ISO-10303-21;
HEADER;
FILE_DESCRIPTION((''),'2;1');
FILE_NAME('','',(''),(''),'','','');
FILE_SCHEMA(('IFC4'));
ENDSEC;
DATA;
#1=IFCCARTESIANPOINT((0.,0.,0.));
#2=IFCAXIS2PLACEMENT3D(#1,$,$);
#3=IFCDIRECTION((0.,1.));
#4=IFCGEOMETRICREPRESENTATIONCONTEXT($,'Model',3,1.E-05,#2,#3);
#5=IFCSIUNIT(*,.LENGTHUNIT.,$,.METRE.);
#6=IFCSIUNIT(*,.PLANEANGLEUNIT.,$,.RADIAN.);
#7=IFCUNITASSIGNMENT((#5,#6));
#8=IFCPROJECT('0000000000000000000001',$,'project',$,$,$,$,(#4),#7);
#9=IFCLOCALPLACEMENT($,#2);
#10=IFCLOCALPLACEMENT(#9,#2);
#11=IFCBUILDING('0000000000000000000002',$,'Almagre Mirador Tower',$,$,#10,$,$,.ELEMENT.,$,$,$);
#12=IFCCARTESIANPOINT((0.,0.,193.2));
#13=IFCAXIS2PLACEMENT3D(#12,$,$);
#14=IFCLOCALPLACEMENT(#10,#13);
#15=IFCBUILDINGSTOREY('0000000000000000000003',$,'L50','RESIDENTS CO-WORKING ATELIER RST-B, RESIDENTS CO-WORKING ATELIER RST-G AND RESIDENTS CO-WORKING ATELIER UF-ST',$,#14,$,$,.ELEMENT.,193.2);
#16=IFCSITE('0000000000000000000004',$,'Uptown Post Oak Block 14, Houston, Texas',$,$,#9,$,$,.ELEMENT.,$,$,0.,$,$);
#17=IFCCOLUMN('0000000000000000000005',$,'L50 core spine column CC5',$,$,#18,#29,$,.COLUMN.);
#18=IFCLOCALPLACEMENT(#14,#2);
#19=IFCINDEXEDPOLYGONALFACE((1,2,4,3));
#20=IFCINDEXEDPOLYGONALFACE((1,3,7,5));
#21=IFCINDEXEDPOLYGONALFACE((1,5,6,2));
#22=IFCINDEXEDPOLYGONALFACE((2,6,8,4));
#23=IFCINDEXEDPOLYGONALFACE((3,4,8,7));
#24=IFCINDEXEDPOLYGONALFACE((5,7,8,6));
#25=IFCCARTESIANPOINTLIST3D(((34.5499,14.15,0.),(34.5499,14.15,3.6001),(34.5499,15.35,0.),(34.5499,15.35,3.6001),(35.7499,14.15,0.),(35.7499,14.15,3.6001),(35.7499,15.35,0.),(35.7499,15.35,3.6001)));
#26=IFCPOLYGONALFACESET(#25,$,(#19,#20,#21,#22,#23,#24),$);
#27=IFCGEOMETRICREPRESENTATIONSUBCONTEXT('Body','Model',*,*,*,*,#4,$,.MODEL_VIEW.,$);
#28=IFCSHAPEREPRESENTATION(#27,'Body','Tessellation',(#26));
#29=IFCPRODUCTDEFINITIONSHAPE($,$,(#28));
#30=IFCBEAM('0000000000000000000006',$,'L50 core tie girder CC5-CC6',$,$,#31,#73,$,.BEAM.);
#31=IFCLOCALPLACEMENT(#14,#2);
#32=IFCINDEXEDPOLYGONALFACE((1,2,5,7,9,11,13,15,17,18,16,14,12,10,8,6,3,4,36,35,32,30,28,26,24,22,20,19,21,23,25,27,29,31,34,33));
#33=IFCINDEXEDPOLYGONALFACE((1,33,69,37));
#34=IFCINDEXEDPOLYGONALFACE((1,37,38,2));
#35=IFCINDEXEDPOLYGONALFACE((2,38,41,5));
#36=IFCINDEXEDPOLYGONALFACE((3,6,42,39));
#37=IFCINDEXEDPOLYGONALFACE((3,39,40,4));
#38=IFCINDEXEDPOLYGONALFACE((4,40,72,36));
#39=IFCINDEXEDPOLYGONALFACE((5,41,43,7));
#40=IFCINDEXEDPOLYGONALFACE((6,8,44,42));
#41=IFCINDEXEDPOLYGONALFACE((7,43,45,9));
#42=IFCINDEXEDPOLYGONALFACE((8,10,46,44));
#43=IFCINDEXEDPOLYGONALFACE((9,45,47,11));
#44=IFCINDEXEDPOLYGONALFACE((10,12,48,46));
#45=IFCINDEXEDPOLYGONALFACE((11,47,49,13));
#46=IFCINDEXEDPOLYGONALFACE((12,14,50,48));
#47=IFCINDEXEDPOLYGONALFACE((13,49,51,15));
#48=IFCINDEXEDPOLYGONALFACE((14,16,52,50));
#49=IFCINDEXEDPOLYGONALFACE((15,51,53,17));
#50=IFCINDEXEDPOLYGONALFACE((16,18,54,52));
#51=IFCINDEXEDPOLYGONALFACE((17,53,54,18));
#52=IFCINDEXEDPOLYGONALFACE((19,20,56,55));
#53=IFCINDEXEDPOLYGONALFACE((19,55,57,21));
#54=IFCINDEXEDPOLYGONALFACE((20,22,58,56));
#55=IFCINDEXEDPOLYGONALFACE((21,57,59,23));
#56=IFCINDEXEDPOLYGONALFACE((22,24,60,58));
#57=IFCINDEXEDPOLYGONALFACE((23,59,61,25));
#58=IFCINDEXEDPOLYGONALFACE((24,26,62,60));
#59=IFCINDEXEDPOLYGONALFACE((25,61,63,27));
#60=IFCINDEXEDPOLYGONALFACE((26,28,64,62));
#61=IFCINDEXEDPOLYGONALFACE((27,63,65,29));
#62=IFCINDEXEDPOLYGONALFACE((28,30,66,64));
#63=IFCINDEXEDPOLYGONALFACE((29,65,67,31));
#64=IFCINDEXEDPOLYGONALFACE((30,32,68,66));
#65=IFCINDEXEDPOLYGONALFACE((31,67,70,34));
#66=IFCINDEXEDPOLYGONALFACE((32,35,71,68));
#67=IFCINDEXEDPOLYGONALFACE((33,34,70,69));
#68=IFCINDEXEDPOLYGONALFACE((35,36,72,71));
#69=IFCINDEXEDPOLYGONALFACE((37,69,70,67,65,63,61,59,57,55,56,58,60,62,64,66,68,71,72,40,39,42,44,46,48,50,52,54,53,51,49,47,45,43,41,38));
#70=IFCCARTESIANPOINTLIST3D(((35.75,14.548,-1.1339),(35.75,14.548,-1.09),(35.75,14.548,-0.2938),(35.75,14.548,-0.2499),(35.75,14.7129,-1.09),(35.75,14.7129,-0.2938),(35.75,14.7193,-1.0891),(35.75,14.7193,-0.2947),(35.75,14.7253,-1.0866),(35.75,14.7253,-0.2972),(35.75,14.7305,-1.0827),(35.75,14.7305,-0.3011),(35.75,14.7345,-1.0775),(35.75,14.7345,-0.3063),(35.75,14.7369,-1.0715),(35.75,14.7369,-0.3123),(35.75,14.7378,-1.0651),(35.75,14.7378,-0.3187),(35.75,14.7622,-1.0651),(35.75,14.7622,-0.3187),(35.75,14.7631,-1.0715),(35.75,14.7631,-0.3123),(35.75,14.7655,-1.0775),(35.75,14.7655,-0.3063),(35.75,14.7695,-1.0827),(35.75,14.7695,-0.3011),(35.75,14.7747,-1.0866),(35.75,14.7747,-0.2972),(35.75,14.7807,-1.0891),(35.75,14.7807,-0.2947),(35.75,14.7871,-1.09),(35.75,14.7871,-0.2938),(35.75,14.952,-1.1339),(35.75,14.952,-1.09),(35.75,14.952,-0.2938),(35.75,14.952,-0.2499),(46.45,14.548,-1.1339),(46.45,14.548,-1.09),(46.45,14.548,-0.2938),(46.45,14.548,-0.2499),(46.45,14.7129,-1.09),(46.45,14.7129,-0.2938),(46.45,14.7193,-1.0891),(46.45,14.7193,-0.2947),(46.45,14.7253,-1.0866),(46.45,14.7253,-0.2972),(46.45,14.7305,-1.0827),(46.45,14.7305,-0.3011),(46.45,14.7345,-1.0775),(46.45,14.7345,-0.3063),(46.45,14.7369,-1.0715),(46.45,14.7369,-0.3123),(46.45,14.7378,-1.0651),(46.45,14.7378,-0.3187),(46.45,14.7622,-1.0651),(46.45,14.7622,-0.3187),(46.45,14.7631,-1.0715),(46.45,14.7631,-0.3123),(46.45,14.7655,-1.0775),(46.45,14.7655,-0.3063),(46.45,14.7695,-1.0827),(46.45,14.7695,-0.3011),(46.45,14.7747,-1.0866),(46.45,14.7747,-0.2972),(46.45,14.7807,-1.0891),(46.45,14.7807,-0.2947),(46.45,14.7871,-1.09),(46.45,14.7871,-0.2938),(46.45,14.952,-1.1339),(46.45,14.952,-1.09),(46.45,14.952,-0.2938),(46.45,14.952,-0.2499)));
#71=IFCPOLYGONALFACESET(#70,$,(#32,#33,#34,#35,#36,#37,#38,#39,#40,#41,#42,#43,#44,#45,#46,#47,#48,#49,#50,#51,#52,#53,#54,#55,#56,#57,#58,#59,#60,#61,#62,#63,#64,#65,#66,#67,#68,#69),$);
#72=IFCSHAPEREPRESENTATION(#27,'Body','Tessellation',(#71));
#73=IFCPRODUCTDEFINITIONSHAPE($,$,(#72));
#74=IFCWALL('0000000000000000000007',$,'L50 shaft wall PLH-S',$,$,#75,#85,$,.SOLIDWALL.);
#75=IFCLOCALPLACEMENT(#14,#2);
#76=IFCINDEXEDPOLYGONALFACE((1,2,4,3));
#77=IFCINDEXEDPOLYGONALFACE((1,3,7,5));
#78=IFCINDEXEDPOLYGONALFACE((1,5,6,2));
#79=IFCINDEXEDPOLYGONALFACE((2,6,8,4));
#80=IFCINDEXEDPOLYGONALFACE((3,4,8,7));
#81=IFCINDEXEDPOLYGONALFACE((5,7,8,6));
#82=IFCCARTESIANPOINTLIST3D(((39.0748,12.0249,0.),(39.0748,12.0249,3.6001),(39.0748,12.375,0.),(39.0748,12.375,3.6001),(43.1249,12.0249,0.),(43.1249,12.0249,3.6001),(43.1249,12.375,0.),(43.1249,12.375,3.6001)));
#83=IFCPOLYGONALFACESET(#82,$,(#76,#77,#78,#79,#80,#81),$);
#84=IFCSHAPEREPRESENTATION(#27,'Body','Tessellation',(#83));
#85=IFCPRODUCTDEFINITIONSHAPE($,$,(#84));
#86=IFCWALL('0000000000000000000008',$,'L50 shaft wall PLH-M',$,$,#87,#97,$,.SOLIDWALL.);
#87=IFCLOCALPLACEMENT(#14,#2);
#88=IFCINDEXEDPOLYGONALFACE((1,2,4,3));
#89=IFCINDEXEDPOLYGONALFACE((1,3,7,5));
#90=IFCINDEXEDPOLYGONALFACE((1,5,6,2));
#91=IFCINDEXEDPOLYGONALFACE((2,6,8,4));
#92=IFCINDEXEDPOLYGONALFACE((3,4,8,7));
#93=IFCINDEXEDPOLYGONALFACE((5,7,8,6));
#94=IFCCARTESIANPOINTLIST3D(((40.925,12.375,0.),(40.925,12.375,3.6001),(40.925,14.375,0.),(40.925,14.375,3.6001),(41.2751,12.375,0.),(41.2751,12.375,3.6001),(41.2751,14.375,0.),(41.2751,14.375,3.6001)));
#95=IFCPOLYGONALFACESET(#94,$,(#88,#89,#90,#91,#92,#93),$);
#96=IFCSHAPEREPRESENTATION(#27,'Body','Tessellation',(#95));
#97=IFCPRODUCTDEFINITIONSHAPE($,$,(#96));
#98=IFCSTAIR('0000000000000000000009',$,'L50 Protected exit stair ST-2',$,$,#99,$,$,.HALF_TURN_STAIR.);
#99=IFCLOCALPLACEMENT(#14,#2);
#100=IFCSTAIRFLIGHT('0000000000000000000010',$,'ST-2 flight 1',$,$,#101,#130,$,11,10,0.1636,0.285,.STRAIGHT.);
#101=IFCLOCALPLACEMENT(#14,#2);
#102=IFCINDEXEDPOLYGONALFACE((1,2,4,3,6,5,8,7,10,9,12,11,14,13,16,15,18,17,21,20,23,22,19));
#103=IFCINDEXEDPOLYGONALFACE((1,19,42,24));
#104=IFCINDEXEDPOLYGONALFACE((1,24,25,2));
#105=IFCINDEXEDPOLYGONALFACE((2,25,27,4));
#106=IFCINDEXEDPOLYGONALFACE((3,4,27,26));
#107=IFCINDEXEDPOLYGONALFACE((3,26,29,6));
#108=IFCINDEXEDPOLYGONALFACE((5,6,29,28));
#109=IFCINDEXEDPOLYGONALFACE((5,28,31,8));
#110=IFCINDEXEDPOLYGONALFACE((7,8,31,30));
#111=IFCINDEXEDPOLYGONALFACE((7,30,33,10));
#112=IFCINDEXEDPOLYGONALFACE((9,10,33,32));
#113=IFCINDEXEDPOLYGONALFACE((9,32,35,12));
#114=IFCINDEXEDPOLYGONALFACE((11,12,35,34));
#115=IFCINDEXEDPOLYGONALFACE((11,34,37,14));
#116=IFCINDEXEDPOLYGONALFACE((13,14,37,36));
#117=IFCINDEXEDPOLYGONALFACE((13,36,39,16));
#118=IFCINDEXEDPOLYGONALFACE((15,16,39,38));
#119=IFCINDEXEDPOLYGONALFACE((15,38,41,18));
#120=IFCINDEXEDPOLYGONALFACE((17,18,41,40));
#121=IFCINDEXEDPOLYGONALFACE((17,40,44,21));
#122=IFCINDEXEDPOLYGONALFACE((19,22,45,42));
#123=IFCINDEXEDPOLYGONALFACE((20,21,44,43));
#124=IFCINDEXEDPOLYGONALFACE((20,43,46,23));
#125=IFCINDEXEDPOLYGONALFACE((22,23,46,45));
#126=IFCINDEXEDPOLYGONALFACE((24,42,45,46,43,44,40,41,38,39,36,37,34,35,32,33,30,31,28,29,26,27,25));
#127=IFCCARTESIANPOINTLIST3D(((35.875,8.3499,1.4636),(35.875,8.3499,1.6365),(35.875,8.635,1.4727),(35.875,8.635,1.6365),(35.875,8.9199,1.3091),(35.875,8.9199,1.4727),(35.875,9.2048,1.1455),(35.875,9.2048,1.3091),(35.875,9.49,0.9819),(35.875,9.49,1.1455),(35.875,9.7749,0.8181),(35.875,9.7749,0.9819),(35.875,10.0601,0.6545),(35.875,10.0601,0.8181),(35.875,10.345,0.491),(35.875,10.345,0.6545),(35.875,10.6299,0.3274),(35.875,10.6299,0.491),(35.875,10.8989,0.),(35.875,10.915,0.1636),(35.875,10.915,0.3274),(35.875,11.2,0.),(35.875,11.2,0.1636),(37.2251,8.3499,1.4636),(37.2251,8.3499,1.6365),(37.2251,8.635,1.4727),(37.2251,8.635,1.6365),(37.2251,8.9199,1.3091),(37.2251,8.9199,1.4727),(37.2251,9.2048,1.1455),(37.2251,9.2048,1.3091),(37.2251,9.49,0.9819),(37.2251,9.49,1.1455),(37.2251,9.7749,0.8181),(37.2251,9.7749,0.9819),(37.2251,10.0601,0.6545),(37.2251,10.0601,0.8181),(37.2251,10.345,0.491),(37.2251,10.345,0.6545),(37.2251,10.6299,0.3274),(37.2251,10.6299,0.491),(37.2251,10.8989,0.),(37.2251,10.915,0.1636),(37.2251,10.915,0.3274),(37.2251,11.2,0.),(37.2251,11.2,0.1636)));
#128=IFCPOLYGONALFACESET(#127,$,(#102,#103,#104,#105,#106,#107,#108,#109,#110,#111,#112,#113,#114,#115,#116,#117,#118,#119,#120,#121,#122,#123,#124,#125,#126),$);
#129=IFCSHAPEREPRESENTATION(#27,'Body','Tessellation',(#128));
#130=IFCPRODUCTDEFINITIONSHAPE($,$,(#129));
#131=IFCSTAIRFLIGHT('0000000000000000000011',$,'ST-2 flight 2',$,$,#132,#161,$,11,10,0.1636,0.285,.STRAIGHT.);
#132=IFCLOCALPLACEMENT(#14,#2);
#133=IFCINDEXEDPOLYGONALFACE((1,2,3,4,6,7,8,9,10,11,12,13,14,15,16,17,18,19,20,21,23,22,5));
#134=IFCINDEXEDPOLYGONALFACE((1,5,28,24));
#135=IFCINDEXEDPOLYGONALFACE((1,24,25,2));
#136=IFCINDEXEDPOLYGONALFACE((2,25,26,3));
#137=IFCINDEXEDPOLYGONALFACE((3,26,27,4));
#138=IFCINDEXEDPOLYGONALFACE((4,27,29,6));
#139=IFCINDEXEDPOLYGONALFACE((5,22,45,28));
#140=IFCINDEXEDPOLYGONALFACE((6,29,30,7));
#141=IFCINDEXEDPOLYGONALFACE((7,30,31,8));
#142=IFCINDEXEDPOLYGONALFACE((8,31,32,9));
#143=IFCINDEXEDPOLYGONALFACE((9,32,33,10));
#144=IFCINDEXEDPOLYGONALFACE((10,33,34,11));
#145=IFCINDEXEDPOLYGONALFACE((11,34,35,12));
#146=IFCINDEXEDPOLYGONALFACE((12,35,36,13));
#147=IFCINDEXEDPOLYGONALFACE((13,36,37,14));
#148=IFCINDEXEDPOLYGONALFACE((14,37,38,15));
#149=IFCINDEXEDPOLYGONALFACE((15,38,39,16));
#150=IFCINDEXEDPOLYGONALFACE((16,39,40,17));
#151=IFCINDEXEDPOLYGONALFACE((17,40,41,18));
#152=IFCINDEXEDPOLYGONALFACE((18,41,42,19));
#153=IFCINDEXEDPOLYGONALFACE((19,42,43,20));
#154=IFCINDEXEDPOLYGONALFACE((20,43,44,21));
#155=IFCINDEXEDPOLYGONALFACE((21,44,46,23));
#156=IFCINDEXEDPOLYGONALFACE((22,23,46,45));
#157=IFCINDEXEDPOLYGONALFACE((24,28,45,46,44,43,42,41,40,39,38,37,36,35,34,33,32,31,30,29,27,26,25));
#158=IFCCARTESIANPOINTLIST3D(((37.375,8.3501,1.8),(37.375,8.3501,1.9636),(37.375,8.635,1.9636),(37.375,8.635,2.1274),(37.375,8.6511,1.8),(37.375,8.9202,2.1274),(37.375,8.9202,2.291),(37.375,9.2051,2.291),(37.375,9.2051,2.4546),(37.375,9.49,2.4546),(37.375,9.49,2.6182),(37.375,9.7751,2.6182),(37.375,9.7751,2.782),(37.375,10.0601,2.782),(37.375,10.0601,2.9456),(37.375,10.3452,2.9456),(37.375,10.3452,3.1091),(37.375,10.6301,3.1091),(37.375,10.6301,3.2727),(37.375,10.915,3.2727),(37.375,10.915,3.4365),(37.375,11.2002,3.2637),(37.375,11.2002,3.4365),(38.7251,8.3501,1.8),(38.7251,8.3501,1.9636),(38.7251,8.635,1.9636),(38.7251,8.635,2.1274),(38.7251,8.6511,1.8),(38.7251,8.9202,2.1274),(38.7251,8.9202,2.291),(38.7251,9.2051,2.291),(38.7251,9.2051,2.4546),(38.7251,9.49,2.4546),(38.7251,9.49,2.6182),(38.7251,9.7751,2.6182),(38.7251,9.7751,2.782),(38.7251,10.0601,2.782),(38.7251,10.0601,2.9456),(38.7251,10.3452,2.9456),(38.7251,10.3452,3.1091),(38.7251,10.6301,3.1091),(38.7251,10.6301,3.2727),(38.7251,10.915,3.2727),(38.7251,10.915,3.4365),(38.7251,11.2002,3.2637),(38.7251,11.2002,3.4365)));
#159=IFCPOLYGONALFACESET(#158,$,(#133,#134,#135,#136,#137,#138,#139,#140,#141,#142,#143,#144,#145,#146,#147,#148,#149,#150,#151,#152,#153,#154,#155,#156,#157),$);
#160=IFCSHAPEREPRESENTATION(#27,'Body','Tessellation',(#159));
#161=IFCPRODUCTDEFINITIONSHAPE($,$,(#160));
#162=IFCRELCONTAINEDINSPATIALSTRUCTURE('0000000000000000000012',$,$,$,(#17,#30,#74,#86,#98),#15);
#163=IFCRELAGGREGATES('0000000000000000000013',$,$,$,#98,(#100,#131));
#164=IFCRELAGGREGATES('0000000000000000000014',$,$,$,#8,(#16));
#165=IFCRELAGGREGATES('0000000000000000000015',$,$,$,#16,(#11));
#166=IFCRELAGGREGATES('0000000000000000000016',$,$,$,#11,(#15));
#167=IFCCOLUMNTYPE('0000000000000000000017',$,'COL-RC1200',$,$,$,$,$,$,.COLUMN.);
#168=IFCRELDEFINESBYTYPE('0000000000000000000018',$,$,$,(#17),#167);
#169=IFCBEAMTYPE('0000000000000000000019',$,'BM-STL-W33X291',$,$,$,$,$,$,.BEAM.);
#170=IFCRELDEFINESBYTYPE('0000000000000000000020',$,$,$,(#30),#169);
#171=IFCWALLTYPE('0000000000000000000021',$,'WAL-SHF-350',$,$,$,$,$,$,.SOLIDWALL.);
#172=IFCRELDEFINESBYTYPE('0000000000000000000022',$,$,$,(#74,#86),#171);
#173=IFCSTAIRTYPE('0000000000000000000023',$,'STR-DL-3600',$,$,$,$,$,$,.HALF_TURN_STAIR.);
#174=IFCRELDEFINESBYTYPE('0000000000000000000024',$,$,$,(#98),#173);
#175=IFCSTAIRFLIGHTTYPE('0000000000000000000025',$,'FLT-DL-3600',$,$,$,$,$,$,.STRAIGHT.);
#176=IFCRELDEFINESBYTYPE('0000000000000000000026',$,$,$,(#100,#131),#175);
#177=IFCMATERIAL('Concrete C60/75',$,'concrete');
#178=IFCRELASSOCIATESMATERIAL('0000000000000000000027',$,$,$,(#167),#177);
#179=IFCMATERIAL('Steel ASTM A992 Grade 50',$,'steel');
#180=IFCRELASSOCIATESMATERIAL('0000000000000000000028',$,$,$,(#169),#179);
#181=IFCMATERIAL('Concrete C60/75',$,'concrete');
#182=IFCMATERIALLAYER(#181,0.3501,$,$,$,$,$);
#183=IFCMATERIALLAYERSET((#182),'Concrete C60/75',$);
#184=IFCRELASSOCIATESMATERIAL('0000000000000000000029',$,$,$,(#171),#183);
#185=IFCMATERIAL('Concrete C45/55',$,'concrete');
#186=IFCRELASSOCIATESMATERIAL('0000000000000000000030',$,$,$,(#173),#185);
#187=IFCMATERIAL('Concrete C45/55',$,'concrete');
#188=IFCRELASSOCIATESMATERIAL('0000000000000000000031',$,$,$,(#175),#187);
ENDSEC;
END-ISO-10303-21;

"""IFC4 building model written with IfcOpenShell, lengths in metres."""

from ifc_helpers import new_model, si_unit, direction, frame, frame_2d, origin, origin_2d, place, context, subcontext, project, spatial, polyline, rectangle, i_section, outline, extrude, material, layer, layer_set, material_profile, profile_set, type_object, element, aggregate, save


model = new_model("IFC4")

# Units and contexts
model_context = context("Model", 3, precision=1e-05, world=origin(), true_north=direction((0.0, 1.0)))
body_context = subcontext(model_context, "Body", "Model", "MODEL_VIEW")
ifc_project = project(units=[si_unit("LENGTHUNIT", "METRE"), si_unit("PLANEANGLEUNIT", "RADIAN")], contexts=[model_context])

# Site, building, storey
site_placement = place(None, origin())
site = spatial("IfcSite", under=ifc_project, at=site_placement, Name="Uptown Post Oak Block 14, Houston, Texas", CompositionType="ELEMENT", RefElevation=0.0)
building_placement = place(site_placement, origin())
building = spatial("IfcBuilding", under=site, at=building_placement, Name="Almagre Mirador Tower", CompositionType="ELEMENT")
storey_placement = place(building_placement, frame((0.0, 0.0, 193.2)))
storey = spatial("IfcBuildingStorey", under=building, at=storey_placement, Name="L50", Description="RESIDENTS CO-WORKING ATELIER RST-B, RESIDENTS CO-WORKING ATELIER RST-G AND RESIDENTS CO-WORKING ATELIER UF-ST", CompositionType="ELEMENT", Elevation=193.2)

# Column
ifc_material_1 = material(Name="Concrete C60/75", Category="concrete")
ifc_material_profile_1 = material_profile(ifc_material_1, rectangle(XDim=1.2, YDim=1.2, at=origin_2d()), Name="RC1200X1200")
ifc_profile_set_1 = profile_set([ifc_material_profile_1], Name="Concrete C60/75")
column_type = type_object("IfcColumnType", Name="COL-RC1200", PredefinedType="COLUMN", material=ifc_profile_set_1)
column_placement = place(storey_placement, frame((35.1499, 14.75, 0.0), z_axis=(0.0, 0.0, 1.0), x_axis=(1.0, 0.0, 0.0)))
element("IfcColumn", 1, at=column_placement, inside=storey, type_object=column_type, Name="L50 core spine column CC5", PredefinedType="COLUMN", context=body_context, shape_type="SweptSolid", body=[
    extrude(rectangle(XDim=1.2, YDim=1.2, at=origin_2d()), origin(), (0.0, 0.0, 1.0), 3.6001),
])

# Beam
ifc_material_2 = material(Name="Steel ASTM A992 Grade 50", Category="steel")
ifc_material_profile_2 = material_profile(ifc_material_2, i_section(OverallWidth=0.4041, OverallDepth=0.884, WebThickness=0.0244, FlangeThickness=0.0439, FilletRadius=0.0249, at=origin_2d()), Name="W33X291")
ifc_profile_set_2 = profile_set([ifc_material_profile_2], Name="Steel ASTM A992 Grade 50")
beam_type = type_object("IfcBeamType", Name="BM-STL-W33X291", PredefinedType="BEAM", material=ifc_profile_set_2)
beam_placement = place(storey_placement, frame((35.75, 14.75, -0.6919), z_axis=(1.0, 0.0, 0.0), x_axis=(0.0, 1.0, 0.0)))
element("IfcBeam", 2, at=beam_placement, inside=storey, type_object=beam_type, Name="L50 core tie girder CC5-CC6", PredefinedType="BEAM", context=body_context, shape_type="SweptSolid", body=[
    extrude(i_section(OverallWidth=0.4041, OverallDepth=0.884, WebThickness=0.0244, FlangeThickness=0.0439, FilletRadius=0.0249, at=origin_2d()), origin(), (0.0, 0.0, 1.0), 10.7),
])

# Walls
ifc_material_3 = material(Name="Concrete C60/75", Category="concrete")
ifc_layer_1 = layer(ifc_material_3, 0.3501)
ifc_layer_set_1 = layer_set([ifc_layer_1], Name="Concrete C60/75")
wall_type_1 = type_object("IfcWallType", Name="WAL-SHF-350", PredefinedType="SOLIDWALL", material=ifc_layer_set_1)
wall_1_placement = place(storey_placement, frame((39.075, 12.2, 0.0), z_axis=(0.0, 0.0, 1.0), x_axis=(1.0, 0.0, 0.0)))
element("IfcWall", 3, at=wall_1_placement, inside=storey, type_object=wall_type_1, Name="L50 shaft wall PLH-S", PredefinedType="SOLIDWALL", context=body_context, shape_type="SweptSolid", body=[
    extrude(rectangle(XDim=4.05, YDim=0.3501, at=frame_2d((2.0249, 0.0))), origin(), (0.0, 0.0, 1.0), 3.6001),
])
wall_2_placement = place(storey_placement, frame((41.1001, 12.375, 0.0), z_axis=(0.0, 0.0, 1.0), x_axis=(0.0, 1.0, 0.0)))
element("IfcWall", 4, at=wall_2_placement, inside=storey, type_object=wall_type_1, Name="L50 shaft wall PLH-M", PredefinedType="SOLIDWALL", context=body_context, shape_type="SweptSolid", body=[
    extrude(rectangle(XDim=2.0, YDim=0.3501, at=frame_2d((1.0, 0.0))), origin(), (0.0, 0.0, 1.0), 3.6001),
])

# Stair, stair flights
ifc_material_4 = material(Name="Concrete C45/55", Category="concrete")
stair_type = type_object("IfcStairType", Name="STR-DL-3600", PredefinedType="HALF_TURN_STAIR", material=ifc_material_4)
stair_1_placement = place(storey_placement, origin())
stair_1 = element("IfcStair", 5, at=stair_1_placement, inside=storey, type_object=stair_type, Name="L50 Protected exit stair ST-2", PredefinedType="HALF_TURN_STAIR")
ifc_material_5 = material(Name="Concrete C45/55", Category="concrete")
stair_flight_type = type_object("IfcStairFlightType", Name="FLT-DL-3600", PredefinedType="STRAIGHT", material=ifc_material_5)
stair_flight_1_placement = place(storey_placement, frame((36.55, 11.2, 0.0), z_axis=(0.0, 0.0, 1.0), x_axis=(0.0, -1.0, 0.0)))
stair_flight_1 = element("IfcStairFlight", 6, at=stair_flight_1_placement, type_object=stair_flight_type, Name="ST-2 flight 1", NumberOfRisers=11, NumberOfTreads=10, PredefinedType="STRAIGHT", RiserHeight=0.1636, TreadLength=0.285, context=body_context, shape_type="SweptSolid", body=[
    extrude(outline(polyline([(0.0, 0.0), (0.0, 0.1636), (0.2849, 0.1636), (0.2849, 0.3274), (0.5701, 0.3274), (0.5701, 0.491), (0.855, 0.491), (0.855, 0.6545), (1.1399, 0.6545), (1.1399, 0.8181), (1.425, 0.8181), (1.425, 0.9819), (1.71, 0.9819), (1.71, 1.1455), (1.9951, 1.1455), (1.9951, 1.3091), (2.28, 1.3091), (2.28, 1.4727), (2.5649, 1.4727), (2.5649, 1.6365), (2.8501, 1.6365), (2.8501, 1.8), (2.8501, 1.4636), (0.301, 0.0), (0.0, 0.0)])), frame((0.0, 0.675, 0.0), z_axis=(0.0, -1.0, 0.0), x_axis=(1.0, 0.0, 0.0)), (0.0, 0.0, 1.0), 1.3501),
])
stair_flight_2_placement = place(storey_placement, frame((38.05, 8.3501, 1.8), z_axis=(0.0, 0.0, 1.0), x_axis=(0.0, 1.0, 0.0)))
stair_flight_2 = element("IfcStairFlight", 7, at=stair_flight_2_placement, type_object=stair_flight_type, Name="ST-2 flight 2", NumberOfRisers=11, NumberOfTreads=10, PredefinedType="STRAIGHT", RiserHeight=0.1636, TreadLength=0.285, context=body_context, shape_type="SweptSolid", body=[
    extrude(outline(polyline([(0.0, 0.0), (0.0, 0.1636), (0.2849, 0.1636), (0.2849, 0.3274), (0.5701, 0.3274), (0.5701, 0.491), (0.855, 0.491), (0.855, 0.6545), (1.1399, 0.6545), (1.1399, 0.8181), (1.425, 0.8181), (1.425, 0.9819), (1.71, 0.9819), (1.71, 1.1455), (1.9951, 1.1455), (1.9951, 1.3091), (2.28, 1.3091), (2.28, 1.4727), (2.5649, 1.4727), (2.5649, 1.6365), (2.8501, 1.6365), (2.8501, 1.8), (2.8501, 1.4636), (0.301, 0.0), (0.0, 0.0)])), frame((0.0, 0.675, 0.0), z_axis=(0.0, -1.0, 0.0), x_axis=(1.0, 0.0, 0.0)), (0.0, 0.0, 1.0), 1.3501),
])
aggregate(stair_1, [stair_flight_1, stair_flight_2])

save(model, "model.ifc")
